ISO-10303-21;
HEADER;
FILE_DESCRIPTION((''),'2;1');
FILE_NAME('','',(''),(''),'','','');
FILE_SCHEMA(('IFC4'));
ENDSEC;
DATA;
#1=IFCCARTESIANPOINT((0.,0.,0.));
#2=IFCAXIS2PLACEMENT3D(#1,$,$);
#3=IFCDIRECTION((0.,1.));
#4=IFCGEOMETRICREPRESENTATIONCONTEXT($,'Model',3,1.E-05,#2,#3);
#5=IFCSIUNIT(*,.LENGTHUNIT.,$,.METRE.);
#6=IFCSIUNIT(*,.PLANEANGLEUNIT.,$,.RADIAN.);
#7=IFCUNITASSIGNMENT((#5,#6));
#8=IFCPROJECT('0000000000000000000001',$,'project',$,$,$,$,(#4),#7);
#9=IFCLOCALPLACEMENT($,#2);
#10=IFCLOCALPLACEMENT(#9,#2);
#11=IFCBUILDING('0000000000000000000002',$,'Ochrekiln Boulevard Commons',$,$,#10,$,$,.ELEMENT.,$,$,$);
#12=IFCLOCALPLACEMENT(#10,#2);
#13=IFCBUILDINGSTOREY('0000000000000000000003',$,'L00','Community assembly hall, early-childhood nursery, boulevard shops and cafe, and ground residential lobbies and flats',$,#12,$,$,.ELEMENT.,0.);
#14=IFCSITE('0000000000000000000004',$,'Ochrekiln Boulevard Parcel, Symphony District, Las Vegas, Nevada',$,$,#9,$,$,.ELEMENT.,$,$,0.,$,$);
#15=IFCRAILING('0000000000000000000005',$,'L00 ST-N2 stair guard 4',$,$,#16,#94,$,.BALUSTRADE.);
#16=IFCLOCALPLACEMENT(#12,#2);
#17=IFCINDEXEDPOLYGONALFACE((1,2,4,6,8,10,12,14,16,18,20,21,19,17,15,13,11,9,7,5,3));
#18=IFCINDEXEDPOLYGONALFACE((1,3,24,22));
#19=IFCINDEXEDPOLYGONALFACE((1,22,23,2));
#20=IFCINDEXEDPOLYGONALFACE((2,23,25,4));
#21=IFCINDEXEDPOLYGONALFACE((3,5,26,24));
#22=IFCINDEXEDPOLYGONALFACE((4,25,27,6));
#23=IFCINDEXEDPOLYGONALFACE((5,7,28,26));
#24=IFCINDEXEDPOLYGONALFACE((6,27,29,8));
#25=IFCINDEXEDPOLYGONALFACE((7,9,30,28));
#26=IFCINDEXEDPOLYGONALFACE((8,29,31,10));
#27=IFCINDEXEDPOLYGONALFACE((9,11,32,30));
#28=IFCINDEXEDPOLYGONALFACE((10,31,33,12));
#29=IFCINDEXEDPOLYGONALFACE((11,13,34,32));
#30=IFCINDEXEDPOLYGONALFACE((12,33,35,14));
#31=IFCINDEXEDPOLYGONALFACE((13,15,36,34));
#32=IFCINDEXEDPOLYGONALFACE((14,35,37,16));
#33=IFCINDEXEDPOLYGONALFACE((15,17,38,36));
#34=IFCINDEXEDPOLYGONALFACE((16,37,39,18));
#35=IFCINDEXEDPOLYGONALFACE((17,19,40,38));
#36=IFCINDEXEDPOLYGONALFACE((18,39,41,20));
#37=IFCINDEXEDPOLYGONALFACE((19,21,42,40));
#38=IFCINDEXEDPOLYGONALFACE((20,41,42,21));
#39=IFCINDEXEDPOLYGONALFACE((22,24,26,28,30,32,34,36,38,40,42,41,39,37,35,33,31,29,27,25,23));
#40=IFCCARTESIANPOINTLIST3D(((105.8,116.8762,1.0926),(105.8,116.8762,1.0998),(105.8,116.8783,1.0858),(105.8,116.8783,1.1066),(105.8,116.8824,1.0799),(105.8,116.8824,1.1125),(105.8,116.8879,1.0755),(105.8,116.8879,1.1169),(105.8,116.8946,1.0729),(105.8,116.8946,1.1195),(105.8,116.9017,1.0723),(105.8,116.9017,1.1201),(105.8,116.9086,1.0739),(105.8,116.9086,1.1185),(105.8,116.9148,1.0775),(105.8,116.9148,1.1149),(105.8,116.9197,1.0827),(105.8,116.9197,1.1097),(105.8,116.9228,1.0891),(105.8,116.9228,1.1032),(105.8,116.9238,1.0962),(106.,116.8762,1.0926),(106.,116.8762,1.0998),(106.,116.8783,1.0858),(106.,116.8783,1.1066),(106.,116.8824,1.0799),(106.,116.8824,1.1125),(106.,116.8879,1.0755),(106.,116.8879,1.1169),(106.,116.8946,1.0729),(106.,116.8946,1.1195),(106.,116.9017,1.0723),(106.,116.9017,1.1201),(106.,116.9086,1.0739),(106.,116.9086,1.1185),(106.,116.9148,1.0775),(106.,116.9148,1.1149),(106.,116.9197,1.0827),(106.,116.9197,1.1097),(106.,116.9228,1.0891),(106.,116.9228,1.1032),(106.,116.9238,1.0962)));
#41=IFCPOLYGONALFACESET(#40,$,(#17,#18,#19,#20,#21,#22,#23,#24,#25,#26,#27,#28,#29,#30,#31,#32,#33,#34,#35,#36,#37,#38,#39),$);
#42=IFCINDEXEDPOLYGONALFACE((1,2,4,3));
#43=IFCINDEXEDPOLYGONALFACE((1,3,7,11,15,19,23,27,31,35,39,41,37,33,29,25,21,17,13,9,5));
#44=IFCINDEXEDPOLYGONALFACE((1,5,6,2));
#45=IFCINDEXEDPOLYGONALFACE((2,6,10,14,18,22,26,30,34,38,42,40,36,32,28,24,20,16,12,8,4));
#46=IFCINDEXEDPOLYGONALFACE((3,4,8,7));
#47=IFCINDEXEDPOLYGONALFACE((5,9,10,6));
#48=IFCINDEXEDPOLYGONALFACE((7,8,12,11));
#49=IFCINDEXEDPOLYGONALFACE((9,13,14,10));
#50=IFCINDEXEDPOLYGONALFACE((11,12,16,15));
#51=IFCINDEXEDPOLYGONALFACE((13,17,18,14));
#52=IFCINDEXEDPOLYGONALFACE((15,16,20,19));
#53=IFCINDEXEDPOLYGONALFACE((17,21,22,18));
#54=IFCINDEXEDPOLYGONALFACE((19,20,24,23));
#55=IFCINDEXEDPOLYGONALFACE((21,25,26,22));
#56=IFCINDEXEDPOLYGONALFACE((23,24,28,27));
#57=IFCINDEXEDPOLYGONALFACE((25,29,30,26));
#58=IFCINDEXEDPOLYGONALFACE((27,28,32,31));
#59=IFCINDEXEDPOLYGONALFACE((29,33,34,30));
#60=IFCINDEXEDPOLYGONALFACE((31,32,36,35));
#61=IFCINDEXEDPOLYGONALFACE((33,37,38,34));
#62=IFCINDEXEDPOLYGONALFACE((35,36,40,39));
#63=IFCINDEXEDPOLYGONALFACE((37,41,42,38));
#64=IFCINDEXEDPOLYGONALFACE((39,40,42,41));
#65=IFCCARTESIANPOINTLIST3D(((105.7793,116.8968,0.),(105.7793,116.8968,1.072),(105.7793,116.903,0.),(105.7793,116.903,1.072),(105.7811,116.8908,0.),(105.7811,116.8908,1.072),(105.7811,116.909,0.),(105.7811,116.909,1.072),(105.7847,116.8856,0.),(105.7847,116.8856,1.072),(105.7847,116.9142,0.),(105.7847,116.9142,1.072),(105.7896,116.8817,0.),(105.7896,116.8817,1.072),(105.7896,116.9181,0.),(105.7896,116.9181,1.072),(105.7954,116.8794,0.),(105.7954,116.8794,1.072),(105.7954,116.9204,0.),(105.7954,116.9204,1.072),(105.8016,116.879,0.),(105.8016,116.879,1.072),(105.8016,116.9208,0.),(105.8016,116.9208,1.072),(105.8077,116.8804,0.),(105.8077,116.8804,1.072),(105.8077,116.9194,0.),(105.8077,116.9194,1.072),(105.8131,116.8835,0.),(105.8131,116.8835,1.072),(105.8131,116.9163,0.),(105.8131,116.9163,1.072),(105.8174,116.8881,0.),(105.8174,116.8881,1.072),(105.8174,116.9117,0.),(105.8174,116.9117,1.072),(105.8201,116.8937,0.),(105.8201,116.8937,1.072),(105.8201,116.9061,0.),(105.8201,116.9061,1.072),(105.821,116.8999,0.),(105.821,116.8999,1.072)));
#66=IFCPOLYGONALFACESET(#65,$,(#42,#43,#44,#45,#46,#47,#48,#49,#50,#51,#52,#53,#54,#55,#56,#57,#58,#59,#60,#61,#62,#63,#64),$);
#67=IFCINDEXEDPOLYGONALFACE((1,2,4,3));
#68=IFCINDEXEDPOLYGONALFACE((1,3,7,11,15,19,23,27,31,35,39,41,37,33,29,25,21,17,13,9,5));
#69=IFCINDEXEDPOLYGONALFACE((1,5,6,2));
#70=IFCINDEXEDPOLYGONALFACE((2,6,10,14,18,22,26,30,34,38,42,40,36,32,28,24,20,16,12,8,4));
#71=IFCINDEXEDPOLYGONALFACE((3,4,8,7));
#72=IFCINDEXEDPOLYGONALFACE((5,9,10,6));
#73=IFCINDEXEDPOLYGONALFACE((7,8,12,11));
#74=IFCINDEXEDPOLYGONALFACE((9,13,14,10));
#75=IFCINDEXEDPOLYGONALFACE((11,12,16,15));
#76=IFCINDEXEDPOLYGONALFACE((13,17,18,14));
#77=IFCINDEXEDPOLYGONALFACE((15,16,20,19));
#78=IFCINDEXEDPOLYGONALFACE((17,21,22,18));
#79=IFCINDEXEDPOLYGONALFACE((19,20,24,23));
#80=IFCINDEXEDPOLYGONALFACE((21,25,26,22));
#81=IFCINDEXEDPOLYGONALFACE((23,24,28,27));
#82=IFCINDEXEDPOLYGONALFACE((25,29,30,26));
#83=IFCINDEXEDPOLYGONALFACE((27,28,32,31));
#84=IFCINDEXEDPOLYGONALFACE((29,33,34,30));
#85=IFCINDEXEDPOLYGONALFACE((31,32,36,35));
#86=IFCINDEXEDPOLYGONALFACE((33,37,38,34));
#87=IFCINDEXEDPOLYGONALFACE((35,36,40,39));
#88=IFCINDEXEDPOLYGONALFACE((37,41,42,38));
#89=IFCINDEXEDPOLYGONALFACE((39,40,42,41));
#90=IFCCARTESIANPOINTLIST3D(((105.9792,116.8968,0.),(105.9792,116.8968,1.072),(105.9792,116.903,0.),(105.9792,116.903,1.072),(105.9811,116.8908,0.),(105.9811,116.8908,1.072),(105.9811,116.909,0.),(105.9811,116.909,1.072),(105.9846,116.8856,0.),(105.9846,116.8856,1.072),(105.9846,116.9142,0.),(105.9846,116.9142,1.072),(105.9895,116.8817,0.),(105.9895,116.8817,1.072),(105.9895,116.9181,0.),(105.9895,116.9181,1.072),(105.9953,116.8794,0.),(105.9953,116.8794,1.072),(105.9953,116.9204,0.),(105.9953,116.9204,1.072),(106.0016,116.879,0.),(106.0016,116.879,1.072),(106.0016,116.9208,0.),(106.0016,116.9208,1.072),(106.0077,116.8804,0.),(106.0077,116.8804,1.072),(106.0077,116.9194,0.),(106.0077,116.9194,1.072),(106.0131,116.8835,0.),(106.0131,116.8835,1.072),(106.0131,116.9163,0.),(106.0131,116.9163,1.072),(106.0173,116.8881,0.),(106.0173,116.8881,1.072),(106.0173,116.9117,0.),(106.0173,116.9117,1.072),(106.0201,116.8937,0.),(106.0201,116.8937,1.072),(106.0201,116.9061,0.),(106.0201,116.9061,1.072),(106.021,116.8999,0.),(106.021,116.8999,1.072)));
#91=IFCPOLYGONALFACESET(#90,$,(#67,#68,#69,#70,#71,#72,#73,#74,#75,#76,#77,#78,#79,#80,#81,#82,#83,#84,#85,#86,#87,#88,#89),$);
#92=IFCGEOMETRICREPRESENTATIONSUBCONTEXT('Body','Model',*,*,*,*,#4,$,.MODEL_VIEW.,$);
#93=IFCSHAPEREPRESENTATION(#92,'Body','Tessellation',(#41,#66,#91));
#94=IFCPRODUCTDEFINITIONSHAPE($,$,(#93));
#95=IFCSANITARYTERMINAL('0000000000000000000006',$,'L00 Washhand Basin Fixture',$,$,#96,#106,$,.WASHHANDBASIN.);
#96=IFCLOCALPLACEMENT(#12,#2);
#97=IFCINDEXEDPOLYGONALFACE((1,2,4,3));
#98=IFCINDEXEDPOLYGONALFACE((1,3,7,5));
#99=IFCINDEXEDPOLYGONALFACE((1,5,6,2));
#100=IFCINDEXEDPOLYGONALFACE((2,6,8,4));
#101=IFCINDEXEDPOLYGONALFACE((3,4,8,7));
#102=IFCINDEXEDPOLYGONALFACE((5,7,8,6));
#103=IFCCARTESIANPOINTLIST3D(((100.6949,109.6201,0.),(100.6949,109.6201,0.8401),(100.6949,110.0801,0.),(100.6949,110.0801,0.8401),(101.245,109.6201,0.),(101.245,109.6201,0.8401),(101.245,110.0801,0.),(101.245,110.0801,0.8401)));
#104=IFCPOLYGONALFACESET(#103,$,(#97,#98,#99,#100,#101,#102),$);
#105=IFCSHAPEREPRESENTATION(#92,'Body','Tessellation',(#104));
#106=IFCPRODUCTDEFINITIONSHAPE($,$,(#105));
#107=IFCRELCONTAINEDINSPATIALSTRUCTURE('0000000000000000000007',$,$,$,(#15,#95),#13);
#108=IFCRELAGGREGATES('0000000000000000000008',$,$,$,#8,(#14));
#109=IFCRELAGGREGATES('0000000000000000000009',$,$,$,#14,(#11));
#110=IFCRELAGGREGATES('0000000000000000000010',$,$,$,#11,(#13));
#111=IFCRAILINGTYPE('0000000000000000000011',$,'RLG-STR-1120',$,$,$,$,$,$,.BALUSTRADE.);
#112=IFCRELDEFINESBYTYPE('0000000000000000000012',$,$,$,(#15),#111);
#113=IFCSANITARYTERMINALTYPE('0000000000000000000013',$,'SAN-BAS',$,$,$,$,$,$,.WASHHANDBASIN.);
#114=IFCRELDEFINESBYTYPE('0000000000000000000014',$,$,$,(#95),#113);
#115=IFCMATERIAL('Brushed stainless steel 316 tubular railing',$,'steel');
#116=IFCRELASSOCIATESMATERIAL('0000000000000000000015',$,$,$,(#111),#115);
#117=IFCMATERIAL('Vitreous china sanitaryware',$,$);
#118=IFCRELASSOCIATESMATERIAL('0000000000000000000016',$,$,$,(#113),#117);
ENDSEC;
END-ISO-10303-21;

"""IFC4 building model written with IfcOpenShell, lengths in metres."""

from ifc_helpers import new_model, si_unit, direction, frame, origin, origin_2d, place, context, subcontext, project, spatial, rectangle, circle, extrude, material, type_object, element, save


model = new_model("IFC4")

# Units and contexts
model_context = context("Model", 3, precision=1e-05, world=origin(), true_north=direction((0.0, 1.0)))
body_context = subcontext(model_context, "Body", "Model", "MODEL_VIEW")
ifc_project = project(units=[si_unit("LENGTHUNIT", "METRE"), si_unit("PLANEANGLEUNIT", "RADIAN")], contexts=[model_context])

# Site, building, storey
site_placement = place(None, origin())
site = spatial("IfcSite", under=ifc_project, at=site_placement, Name="Ochrekiln Boulevard Parcel, Symphony District, Las Vegas, Nevada", CompositionType="ELEMENT", RefElevation=0.0)
building_placement = place(site_placement, origin())
building = spatial("IfcBuilding", under=site, at=building_placement, Name="Ochrekiln Boulevard Commons", CompositionType="ELEMENT")
storey_placement = place(building_placement, origin())
storey = spatial("IfcBuildingStorey", under=building, at=storey_placement, Name="L00", Description="Community assembly hall, early-childhood nursery, boulevard shops and cafe, and ground residential lobbies and flats", CompositionType="ELEMENT", Elevation=0.0)

# Railing
ifc_material_1 = material(Name="Brushed stainless steel 316 tubular railing", Category="steel")
railing_type_1 = type_object("IfcRailingType", Name="RLG-STR-1120", PredefinedType="BALUSTRADE", material=ifc_material_1)
railing_1_placement = place(storey_placement, frame((105.8, 116.8999, 0.0)))
element("IfcRailing", 1, at=railing_1_placement, inside=storey, type_object=railing_type_1, Name="L00 ST-N2 stair guard 4", PredefinedType="BALUSTRADE", context=body_context, shape_type="SweptSolid", body=[
    extrude(circle(Radius=0.0239, at=origin_2d()), frame((0.0, 0.0, 1.0962), z_axis=(1.0, 0.0, 0.0), x_axis=(0.0, 1.0, 0.0)), (0.0, 0.0, 1.0), 0.2),
    extrude(circle(Radius=0.021, at=origin_2d()), origin(), (0.0, 0.0, 1.0), 1.072),
    extrude(circle(Radius=0.021, at=origin_2d()), frame((0.2, 0.0, 0.0)), (0.0, 0.0, 1.0), 1.072),
])

# Sanitary terminal
ifc_material_2 = material(Name="Vitreous china sanitaryware")
sanitary_terminal_type = type_object("IfcSanitaryTerminalType", Name="SAN-BAS", PredefinedType="WASHHANDBASIN", material=ifc_material_2)
sanitary_terminal_placement = place(storey_placement, frame((100.97, 109.8501, 0.0), z_axis=(0.0, 0.0, 1.0), x_axis=(1.0, 0.0, 0.0)))
element("IfcSanitaryTerminal", 2, at=sanitary_terminal_placement, inside=storey, type_object=sanitary_terminal_type, Name="L00 Washhand Basin Fixture", PredefinedType="WASHHANDBASIN", context=body_context, shape_type="SweptSolid", body=[
    extrude(rectangle(XDim=0.55, YDim=0.46, at=origin_2d()), origin(), (0.0, 0.0, 1.0), 0.8401),
])

save(model, "model.ifc")
